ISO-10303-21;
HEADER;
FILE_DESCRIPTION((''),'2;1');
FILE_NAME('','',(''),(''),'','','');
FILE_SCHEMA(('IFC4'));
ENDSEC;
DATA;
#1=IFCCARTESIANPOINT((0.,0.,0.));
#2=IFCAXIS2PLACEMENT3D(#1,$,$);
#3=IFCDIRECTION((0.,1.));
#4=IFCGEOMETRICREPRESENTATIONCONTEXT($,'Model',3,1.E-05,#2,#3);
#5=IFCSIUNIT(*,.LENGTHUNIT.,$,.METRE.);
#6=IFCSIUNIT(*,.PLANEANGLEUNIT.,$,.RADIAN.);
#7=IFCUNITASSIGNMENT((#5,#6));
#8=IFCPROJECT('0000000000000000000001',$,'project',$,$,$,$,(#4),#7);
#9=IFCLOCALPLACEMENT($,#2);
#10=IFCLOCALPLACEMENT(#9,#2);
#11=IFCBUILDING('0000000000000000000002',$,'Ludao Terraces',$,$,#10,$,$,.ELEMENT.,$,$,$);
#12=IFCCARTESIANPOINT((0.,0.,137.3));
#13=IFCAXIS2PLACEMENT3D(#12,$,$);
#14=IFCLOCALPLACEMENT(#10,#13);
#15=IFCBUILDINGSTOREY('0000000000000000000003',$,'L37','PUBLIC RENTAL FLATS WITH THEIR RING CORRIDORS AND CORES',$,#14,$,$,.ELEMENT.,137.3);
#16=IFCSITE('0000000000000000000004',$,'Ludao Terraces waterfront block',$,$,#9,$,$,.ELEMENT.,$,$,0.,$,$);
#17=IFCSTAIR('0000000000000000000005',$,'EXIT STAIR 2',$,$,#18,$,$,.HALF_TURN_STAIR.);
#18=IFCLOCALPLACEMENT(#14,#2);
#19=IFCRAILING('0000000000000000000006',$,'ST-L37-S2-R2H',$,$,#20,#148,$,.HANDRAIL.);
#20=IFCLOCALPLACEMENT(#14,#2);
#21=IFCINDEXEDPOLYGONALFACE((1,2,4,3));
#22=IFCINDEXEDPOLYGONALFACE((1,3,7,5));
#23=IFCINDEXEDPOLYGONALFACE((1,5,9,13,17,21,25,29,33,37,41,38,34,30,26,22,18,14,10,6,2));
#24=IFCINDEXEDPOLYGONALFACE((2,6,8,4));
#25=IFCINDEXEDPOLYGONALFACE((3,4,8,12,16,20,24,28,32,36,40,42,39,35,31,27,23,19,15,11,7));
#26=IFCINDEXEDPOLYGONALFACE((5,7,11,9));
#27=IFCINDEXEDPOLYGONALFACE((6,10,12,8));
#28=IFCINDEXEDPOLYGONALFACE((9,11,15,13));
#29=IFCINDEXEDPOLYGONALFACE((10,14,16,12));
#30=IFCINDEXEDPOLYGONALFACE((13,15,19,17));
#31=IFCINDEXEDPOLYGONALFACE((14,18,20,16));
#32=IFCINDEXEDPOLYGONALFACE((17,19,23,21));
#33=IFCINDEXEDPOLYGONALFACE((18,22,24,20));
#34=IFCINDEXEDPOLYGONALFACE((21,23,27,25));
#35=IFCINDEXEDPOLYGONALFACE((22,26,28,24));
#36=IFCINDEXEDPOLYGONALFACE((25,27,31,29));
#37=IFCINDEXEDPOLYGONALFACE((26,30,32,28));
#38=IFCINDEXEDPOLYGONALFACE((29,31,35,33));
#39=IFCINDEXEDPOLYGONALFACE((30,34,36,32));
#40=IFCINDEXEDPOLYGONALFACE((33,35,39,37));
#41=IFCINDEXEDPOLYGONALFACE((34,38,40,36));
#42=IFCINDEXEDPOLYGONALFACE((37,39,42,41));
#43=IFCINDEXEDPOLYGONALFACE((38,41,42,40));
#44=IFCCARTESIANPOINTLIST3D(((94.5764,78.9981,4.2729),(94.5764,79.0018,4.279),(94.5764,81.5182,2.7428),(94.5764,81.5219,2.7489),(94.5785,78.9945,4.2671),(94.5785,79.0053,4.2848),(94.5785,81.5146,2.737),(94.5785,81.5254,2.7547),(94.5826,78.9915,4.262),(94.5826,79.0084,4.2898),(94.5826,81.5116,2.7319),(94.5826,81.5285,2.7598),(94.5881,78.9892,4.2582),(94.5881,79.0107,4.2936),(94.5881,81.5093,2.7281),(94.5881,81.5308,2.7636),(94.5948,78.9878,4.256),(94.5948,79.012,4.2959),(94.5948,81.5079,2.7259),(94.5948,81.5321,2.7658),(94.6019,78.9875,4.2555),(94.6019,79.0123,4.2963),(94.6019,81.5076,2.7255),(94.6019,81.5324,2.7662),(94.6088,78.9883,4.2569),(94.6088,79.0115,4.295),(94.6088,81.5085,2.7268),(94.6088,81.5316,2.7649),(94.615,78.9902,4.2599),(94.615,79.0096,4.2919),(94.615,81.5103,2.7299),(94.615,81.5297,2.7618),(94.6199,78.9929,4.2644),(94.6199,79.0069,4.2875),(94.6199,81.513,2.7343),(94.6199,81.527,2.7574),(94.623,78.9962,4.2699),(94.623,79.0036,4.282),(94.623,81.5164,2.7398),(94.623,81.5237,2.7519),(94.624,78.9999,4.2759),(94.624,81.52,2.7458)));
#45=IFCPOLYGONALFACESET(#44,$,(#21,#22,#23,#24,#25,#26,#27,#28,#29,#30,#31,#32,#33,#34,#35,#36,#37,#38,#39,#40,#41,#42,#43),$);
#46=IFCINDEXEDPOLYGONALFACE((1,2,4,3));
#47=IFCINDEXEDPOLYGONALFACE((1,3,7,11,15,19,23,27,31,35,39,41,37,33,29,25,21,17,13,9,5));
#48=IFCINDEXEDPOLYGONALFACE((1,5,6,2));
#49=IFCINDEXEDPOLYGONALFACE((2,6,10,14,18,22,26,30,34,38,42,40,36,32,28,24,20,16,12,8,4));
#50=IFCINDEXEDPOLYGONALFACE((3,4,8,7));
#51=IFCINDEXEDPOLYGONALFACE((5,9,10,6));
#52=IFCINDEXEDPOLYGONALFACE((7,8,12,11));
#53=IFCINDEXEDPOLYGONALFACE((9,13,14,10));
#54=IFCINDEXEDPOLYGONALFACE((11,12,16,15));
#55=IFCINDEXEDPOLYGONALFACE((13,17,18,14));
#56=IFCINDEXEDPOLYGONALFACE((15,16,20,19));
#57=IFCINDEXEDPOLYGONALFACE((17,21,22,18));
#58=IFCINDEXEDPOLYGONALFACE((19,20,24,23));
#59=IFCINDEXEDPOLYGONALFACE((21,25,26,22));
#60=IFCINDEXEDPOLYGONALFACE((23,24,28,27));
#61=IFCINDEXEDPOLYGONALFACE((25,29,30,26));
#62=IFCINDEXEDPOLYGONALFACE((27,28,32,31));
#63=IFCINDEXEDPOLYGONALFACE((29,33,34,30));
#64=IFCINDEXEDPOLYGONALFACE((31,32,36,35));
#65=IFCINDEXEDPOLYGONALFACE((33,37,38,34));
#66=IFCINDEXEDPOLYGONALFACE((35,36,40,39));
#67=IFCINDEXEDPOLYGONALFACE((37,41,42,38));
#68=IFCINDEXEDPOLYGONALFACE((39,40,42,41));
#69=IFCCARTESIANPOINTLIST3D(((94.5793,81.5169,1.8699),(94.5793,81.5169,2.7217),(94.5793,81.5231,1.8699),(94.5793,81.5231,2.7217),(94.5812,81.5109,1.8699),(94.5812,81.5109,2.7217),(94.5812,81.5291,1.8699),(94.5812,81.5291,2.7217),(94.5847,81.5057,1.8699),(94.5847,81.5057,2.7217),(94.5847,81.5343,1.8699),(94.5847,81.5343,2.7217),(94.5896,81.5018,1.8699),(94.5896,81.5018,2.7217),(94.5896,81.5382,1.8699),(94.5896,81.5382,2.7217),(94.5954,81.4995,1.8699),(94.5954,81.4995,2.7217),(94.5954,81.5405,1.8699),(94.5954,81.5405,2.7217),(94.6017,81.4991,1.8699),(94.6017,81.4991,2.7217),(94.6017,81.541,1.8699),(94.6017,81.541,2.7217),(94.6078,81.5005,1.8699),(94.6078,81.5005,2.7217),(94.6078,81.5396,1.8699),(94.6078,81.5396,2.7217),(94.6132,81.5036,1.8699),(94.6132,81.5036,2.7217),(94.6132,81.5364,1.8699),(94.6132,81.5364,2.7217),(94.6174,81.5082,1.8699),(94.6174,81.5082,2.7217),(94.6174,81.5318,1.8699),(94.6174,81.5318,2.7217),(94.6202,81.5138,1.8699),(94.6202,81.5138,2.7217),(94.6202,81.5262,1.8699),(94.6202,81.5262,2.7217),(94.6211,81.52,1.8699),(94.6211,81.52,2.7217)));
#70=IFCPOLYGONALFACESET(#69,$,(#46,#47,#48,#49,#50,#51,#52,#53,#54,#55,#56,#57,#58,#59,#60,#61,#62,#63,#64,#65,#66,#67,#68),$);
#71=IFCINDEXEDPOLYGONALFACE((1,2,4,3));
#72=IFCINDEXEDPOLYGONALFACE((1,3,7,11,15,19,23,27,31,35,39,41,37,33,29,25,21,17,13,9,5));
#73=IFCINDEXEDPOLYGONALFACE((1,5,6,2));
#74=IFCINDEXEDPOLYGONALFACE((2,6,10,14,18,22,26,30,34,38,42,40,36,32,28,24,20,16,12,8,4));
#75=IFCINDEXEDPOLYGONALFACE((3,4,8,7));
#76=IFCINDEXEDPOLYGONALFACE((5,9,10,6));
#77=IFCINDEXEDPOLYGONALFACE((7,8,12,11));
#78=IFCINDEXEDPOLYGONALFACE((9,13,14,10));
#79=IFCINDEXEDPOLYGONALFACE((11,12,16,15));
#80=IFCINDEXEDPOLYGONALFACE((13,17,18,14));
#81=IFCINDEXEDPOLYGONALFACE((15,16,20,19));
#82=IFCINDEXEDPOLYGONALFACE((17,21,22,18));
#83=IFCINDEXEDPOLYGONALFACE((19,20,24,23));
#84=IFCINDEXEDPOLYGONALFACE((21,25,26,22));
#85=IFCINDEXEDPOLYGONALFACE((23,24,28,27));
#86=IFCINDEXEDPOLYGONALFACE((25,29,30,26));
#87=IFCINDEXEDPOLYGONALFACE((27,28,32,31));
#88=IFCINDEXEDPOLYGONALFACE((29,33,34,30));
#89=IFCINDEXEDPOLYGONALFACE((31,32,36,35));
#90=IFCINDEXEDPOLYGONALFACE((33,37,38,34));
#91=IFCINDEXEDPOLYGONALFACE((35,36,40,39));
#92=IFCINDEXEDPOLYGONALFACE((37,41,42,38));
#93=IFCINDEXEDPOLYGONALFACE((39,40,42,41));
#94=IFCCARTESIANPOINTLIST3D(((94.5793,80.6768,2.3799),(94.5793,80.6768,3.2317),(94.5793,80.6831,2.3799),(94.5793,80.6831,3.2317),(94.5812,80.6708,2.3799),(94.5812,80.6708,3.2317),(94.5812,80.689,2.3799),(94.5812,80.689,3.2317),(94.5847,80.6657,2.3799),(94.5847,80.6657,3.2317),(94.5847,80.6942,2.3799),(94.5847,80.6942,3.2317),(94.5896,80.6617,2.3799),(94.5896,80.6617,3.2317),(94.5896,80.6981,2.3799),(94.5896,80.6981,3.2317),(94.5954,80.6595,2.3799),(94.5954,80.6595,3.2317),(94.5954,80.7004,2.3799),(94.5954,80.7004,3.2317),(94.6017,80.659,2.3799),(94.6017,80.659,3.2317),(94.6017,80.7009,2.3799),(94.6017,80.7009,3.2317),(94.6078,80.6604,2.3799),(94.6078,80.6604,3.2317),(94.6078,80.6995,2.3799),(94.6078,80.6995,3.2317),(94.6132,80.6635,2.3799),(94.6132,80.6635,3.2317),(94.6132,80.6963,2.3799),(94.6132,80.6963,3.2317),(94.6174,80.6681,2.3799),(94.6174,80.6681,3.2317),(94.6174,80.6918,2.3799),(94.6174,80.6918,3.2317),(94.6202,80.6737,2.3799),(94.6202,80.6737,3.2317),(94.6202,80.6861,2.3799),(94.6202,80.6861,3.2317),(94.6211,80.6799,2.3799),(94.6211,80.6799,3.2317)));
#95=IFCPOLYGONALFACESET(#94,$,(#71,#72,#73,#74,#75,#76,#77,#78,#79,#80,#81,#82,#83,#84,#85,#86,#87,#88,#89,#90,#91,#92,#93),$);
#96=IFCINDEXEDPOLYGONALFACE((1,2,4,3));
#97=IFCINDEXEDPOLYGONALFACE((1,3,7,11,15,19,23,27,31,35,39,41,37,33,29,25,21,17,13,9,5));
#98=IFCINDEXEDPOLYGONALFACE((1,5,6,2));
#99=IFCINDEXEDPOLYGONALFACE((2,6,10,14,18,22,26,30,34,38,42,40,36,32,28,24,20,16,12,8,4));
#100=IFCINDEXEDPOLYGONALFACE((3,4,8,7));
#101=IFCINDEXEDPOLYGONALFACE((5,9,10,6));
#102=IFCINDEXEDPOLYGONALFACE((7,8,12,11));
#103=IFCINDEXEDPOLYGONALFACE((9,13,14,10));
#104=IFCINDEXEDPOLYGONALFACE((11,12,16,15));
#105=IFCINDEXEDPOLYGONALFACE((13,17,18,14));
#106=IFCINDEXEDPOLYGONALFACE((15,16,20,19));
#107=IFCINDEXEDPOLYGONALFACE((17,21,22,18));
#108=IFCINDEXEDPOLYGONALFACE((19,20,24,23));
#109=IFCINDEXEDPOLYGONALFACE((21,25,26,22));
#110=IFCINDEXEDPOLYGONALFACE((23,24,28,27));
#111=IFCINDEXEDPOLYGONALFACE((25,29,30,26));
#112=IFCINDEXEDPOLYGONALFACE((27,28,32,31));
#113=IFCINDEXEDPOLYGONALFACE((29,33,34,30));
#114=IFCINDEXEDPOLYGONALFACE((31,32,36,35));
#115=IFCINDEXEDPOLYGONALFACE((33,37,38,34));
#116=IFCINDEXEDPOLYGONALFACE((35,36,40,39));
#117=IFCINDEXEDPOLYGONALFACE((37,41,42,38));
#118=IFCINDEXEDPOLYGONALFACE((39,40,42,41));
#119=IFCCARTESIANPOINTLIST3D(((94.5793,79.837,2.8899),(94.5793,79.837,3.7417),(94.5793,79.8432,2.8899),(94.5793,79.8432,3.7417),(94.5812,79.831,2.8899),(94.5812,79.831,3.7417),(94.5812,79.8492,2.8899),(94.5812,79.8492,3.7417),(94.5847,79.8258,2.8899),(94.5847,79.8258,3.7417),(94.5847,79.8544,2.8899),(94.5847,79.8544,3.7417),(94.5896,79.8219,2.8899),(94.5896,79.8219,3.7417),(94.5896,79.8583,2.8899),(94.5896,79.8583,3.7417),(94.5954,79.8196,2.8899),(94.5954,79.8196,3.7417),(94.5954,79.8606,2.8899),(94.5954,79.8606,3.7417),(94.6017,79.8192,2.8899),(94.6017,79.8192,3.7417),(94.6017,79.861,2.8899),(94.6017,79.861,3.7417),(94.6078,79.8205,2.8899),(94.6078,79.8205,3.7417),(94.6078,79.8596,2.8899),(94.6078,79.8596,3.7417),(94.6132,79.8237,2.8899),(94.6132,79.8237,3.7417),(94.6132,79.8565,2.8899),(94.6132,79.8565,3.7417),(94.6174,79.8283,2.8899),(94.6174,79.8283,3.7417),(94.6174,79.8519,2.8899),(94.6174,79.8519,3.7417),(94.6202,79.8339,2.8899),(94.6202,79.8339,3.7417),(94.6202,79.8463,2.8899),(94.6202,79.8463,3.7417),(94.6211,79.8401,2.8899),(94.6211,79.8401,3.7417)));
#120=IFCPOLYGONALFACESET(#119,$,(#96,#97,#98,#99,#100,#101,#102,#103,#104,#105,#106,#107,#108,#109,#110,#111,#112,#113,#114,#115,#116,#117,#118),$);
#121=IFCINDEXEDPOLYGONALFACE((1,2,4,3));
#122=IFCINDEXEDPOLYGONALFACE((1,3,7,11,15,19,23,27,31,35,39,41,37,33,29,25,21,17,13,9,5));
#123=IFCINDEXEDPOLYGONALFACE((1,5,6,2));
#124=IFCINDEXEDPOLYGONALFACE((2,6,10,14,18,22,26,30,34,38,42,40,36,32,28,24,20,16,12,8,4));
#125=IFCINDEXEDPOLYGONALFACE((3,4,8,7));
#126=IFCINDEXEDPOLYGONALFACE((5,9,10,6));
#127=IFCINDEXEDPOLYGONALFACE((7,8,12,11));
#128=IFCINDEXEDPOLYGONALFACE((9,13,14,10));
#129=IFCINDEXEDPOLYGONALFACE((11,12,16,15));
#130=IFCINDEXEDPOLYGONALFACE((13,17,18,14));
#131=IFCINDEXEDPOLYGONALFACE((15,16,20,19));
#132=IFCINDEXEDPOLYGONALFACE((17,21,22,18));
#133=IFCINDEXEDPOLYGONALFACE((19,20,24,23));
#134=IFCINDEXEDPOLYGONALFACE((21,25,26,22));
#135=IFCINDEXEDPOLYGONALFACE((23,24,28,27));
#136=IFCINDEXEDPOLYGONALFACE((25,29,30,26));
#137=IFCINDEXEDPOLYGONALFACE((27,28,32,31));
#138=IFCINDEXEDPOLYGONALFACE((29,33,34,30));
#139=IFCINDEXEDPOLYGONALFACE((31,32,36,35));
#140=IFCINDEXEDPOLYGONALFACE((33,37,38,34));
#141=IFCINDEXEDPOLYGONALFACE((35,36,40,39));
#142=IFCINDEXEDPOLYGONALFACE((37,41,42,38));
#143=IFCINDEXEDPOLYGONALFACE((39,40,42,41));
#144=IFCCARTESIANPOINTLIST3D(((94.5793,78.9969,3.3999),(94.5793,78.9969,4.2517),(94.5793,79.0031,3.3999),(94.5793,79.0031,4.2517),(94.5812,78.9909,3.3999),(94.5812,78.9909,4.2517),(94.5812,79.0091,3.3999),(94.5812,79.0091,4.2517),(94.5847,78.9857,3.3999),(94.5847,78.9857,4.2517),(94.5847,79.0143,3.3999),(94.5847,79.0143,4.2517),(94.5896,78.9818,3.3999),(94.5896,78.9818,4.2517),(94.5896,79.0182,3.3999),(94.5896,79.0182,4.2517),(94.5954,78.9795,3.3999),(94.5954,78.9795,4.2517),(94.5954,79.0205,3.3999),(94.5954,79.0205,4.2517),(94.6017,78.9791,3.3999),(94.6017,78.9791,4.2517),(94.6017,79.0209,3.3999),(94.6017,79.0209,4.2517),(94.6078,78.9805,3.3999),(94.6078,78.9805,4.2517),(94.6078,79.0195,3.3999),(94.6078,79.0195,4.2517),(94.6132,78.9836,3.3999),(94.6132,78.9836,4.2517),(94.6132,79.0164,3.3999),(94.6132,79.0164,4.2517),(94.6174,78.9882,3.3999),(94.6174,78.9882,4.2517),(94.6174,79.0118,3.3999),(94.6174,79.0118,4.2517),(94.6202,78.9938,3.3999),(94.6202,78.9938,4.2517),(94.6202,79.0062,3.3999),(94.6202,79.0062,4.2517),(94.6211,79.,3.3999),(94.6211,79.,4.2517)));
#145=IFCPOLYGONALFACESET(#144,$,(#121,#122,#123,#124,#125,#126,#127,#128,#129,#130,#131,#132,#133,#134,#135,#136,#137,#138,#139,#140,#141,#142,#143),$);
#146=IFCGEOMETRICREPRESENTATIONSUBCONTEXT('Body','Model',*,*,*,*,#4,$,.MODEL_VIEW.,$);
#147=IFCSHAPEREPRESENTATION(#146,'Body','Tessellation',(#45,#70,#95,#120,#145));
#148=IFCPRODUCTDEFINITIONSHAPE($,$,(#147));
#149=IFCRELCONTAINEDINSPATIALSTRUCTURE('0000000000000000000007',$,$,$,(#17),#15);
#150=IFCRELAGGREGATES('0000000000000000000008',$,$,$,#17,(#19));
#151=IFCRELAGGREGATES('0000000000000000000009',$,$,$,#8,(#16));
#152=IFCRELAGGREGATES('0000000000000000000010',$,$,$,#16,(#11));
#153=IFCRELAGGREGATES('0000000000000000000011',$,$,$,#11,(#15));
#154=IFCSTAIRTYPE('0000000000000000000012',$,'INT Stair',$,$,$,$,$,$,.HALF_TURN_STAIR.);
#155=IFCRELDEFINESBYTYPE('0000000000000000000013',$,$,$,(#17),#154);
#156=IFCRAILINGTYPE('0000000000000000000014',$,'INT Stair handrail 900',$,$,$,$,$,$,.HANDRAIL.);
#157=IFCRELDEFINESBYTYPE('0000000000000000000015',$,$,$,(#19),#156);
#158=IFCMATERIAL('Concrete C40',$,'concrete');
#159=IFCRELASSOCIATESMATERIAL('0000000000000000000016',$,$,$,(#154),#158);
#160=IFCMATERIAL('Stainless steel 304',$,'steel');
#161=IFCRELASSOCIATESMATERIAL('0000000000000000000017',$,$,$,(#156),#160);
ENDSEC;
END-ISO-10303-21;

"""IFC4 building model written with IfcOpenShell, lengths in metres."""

from ifc_helpers import new_model, si_unit, direction, frame, origin, origin_2d, place, context, subcontext, project, spatial, circle, extrude, material, type_object, element, aggregate, save


model = new_model("IFC4")

# Units and contexts
model_context = context("Model", 3, precision=1e-05, world=origin(), true_north=direction((0.0, 1.0)))
body_context = subcontext(model_context, "Body", "Model", "MODEL_VIEW")
ifc_project = project(units=[si_unit("LENGTHUNIT", "METRE"), si_unit("PLANEANGLEUNIT", "RADIAN")], contexts=[model_context])

# Site, building, storey
site_placement = place(None, origin())
site = spatial("IfcSite", under=ifc_project, at=site_placement, Name="Ludao Terraces waterfront block", CompositionType="ELEMENT", RefElevation=0.0)
building_placement = place(site_placement, origin())
building = spatial("IfcBuilding", under=site, at=building_placement, Name="Ludao Terraces", CompositionType="ELEMENT")
storey_placement = place(building_placement, frame((0.0, 0.0, 137.3)))
storey = spatial("IfcBuildingStorey", under=building, at=storey_placement, Name="L37", Description="PUBLIC RENTAL FLATS WITH THEIR RING CORRIDORS AND CORES", CompositionType="ELEMENT", Elevation=137.3)

# Shared definitions
ifc_material_1 = material(Name="Stainless steel 304", Category="steel")

# Stair, railing
ifc_material_2 = material(Name="Concrete C40", Category="concrete")
stair_type = type_object("IfcStairType", Name="INT Stair", PredefinedType="HALF_TURN_STAIR", material=ifc_material_2)
stair_placement = place(storey_placement, origin())
stair = element("IfcStair", 1, at=stair_placement, inside=storey, type_object=stair_type, Name="EXIT STAIR 2", PredefinedType="HALF_TURN_STAIR")
railing_type_1 = type_object("IfcRailingType", Name="INT Stair handrail 900", PredefinedType="HANDRAIL", material=ifc_material_1)
railing_1_placement = place(storey_placement, frame((94.6001, 81.52, 1.8699)))
railing_1 = element("IfcRailing", 2, at=railing_1_placement, type_object=railing_type_1, Name="ST-L37-S2-R2H", PredefinedType="HANDRAIL", context=body_context, shape_type="SweptSolid", body=[
    extrude(circle(Radius=0.0239, at=origin_2d()), frame((0.0, 0.0, 0.876), z_axis=(0.0, -0.854785, 0.518982), x_axis=(1.0, 0.0, 0.0)), (0.0, 0.0, 1.0), 2.9482),
    extrude(circle(Radius=0.021, at=origin_2d()), origin(), (0.0, 0.0, 1.0), 0.8518),
    extrude(circle(Radius=0.021, at=origin_2d()), frame((0.0, -0.8401, 0.51)), (0.0, 0.0, 1.0), 0.8518),
    extrude(circle(Radius=0.021, at=origin_2d()), frame((0.0, -1.6799, 1.02)), (0.0, 0.0, 1.0), 0.8518),
    extrude(circle(Radius=0.021, at=origin_2d()), frame((0.0, -2.52, 1.53)), (0.0, 0.0, 1.0), 0.8518),
])
aggregate(stair, [railing_1])

save(model, "model.ifc")
